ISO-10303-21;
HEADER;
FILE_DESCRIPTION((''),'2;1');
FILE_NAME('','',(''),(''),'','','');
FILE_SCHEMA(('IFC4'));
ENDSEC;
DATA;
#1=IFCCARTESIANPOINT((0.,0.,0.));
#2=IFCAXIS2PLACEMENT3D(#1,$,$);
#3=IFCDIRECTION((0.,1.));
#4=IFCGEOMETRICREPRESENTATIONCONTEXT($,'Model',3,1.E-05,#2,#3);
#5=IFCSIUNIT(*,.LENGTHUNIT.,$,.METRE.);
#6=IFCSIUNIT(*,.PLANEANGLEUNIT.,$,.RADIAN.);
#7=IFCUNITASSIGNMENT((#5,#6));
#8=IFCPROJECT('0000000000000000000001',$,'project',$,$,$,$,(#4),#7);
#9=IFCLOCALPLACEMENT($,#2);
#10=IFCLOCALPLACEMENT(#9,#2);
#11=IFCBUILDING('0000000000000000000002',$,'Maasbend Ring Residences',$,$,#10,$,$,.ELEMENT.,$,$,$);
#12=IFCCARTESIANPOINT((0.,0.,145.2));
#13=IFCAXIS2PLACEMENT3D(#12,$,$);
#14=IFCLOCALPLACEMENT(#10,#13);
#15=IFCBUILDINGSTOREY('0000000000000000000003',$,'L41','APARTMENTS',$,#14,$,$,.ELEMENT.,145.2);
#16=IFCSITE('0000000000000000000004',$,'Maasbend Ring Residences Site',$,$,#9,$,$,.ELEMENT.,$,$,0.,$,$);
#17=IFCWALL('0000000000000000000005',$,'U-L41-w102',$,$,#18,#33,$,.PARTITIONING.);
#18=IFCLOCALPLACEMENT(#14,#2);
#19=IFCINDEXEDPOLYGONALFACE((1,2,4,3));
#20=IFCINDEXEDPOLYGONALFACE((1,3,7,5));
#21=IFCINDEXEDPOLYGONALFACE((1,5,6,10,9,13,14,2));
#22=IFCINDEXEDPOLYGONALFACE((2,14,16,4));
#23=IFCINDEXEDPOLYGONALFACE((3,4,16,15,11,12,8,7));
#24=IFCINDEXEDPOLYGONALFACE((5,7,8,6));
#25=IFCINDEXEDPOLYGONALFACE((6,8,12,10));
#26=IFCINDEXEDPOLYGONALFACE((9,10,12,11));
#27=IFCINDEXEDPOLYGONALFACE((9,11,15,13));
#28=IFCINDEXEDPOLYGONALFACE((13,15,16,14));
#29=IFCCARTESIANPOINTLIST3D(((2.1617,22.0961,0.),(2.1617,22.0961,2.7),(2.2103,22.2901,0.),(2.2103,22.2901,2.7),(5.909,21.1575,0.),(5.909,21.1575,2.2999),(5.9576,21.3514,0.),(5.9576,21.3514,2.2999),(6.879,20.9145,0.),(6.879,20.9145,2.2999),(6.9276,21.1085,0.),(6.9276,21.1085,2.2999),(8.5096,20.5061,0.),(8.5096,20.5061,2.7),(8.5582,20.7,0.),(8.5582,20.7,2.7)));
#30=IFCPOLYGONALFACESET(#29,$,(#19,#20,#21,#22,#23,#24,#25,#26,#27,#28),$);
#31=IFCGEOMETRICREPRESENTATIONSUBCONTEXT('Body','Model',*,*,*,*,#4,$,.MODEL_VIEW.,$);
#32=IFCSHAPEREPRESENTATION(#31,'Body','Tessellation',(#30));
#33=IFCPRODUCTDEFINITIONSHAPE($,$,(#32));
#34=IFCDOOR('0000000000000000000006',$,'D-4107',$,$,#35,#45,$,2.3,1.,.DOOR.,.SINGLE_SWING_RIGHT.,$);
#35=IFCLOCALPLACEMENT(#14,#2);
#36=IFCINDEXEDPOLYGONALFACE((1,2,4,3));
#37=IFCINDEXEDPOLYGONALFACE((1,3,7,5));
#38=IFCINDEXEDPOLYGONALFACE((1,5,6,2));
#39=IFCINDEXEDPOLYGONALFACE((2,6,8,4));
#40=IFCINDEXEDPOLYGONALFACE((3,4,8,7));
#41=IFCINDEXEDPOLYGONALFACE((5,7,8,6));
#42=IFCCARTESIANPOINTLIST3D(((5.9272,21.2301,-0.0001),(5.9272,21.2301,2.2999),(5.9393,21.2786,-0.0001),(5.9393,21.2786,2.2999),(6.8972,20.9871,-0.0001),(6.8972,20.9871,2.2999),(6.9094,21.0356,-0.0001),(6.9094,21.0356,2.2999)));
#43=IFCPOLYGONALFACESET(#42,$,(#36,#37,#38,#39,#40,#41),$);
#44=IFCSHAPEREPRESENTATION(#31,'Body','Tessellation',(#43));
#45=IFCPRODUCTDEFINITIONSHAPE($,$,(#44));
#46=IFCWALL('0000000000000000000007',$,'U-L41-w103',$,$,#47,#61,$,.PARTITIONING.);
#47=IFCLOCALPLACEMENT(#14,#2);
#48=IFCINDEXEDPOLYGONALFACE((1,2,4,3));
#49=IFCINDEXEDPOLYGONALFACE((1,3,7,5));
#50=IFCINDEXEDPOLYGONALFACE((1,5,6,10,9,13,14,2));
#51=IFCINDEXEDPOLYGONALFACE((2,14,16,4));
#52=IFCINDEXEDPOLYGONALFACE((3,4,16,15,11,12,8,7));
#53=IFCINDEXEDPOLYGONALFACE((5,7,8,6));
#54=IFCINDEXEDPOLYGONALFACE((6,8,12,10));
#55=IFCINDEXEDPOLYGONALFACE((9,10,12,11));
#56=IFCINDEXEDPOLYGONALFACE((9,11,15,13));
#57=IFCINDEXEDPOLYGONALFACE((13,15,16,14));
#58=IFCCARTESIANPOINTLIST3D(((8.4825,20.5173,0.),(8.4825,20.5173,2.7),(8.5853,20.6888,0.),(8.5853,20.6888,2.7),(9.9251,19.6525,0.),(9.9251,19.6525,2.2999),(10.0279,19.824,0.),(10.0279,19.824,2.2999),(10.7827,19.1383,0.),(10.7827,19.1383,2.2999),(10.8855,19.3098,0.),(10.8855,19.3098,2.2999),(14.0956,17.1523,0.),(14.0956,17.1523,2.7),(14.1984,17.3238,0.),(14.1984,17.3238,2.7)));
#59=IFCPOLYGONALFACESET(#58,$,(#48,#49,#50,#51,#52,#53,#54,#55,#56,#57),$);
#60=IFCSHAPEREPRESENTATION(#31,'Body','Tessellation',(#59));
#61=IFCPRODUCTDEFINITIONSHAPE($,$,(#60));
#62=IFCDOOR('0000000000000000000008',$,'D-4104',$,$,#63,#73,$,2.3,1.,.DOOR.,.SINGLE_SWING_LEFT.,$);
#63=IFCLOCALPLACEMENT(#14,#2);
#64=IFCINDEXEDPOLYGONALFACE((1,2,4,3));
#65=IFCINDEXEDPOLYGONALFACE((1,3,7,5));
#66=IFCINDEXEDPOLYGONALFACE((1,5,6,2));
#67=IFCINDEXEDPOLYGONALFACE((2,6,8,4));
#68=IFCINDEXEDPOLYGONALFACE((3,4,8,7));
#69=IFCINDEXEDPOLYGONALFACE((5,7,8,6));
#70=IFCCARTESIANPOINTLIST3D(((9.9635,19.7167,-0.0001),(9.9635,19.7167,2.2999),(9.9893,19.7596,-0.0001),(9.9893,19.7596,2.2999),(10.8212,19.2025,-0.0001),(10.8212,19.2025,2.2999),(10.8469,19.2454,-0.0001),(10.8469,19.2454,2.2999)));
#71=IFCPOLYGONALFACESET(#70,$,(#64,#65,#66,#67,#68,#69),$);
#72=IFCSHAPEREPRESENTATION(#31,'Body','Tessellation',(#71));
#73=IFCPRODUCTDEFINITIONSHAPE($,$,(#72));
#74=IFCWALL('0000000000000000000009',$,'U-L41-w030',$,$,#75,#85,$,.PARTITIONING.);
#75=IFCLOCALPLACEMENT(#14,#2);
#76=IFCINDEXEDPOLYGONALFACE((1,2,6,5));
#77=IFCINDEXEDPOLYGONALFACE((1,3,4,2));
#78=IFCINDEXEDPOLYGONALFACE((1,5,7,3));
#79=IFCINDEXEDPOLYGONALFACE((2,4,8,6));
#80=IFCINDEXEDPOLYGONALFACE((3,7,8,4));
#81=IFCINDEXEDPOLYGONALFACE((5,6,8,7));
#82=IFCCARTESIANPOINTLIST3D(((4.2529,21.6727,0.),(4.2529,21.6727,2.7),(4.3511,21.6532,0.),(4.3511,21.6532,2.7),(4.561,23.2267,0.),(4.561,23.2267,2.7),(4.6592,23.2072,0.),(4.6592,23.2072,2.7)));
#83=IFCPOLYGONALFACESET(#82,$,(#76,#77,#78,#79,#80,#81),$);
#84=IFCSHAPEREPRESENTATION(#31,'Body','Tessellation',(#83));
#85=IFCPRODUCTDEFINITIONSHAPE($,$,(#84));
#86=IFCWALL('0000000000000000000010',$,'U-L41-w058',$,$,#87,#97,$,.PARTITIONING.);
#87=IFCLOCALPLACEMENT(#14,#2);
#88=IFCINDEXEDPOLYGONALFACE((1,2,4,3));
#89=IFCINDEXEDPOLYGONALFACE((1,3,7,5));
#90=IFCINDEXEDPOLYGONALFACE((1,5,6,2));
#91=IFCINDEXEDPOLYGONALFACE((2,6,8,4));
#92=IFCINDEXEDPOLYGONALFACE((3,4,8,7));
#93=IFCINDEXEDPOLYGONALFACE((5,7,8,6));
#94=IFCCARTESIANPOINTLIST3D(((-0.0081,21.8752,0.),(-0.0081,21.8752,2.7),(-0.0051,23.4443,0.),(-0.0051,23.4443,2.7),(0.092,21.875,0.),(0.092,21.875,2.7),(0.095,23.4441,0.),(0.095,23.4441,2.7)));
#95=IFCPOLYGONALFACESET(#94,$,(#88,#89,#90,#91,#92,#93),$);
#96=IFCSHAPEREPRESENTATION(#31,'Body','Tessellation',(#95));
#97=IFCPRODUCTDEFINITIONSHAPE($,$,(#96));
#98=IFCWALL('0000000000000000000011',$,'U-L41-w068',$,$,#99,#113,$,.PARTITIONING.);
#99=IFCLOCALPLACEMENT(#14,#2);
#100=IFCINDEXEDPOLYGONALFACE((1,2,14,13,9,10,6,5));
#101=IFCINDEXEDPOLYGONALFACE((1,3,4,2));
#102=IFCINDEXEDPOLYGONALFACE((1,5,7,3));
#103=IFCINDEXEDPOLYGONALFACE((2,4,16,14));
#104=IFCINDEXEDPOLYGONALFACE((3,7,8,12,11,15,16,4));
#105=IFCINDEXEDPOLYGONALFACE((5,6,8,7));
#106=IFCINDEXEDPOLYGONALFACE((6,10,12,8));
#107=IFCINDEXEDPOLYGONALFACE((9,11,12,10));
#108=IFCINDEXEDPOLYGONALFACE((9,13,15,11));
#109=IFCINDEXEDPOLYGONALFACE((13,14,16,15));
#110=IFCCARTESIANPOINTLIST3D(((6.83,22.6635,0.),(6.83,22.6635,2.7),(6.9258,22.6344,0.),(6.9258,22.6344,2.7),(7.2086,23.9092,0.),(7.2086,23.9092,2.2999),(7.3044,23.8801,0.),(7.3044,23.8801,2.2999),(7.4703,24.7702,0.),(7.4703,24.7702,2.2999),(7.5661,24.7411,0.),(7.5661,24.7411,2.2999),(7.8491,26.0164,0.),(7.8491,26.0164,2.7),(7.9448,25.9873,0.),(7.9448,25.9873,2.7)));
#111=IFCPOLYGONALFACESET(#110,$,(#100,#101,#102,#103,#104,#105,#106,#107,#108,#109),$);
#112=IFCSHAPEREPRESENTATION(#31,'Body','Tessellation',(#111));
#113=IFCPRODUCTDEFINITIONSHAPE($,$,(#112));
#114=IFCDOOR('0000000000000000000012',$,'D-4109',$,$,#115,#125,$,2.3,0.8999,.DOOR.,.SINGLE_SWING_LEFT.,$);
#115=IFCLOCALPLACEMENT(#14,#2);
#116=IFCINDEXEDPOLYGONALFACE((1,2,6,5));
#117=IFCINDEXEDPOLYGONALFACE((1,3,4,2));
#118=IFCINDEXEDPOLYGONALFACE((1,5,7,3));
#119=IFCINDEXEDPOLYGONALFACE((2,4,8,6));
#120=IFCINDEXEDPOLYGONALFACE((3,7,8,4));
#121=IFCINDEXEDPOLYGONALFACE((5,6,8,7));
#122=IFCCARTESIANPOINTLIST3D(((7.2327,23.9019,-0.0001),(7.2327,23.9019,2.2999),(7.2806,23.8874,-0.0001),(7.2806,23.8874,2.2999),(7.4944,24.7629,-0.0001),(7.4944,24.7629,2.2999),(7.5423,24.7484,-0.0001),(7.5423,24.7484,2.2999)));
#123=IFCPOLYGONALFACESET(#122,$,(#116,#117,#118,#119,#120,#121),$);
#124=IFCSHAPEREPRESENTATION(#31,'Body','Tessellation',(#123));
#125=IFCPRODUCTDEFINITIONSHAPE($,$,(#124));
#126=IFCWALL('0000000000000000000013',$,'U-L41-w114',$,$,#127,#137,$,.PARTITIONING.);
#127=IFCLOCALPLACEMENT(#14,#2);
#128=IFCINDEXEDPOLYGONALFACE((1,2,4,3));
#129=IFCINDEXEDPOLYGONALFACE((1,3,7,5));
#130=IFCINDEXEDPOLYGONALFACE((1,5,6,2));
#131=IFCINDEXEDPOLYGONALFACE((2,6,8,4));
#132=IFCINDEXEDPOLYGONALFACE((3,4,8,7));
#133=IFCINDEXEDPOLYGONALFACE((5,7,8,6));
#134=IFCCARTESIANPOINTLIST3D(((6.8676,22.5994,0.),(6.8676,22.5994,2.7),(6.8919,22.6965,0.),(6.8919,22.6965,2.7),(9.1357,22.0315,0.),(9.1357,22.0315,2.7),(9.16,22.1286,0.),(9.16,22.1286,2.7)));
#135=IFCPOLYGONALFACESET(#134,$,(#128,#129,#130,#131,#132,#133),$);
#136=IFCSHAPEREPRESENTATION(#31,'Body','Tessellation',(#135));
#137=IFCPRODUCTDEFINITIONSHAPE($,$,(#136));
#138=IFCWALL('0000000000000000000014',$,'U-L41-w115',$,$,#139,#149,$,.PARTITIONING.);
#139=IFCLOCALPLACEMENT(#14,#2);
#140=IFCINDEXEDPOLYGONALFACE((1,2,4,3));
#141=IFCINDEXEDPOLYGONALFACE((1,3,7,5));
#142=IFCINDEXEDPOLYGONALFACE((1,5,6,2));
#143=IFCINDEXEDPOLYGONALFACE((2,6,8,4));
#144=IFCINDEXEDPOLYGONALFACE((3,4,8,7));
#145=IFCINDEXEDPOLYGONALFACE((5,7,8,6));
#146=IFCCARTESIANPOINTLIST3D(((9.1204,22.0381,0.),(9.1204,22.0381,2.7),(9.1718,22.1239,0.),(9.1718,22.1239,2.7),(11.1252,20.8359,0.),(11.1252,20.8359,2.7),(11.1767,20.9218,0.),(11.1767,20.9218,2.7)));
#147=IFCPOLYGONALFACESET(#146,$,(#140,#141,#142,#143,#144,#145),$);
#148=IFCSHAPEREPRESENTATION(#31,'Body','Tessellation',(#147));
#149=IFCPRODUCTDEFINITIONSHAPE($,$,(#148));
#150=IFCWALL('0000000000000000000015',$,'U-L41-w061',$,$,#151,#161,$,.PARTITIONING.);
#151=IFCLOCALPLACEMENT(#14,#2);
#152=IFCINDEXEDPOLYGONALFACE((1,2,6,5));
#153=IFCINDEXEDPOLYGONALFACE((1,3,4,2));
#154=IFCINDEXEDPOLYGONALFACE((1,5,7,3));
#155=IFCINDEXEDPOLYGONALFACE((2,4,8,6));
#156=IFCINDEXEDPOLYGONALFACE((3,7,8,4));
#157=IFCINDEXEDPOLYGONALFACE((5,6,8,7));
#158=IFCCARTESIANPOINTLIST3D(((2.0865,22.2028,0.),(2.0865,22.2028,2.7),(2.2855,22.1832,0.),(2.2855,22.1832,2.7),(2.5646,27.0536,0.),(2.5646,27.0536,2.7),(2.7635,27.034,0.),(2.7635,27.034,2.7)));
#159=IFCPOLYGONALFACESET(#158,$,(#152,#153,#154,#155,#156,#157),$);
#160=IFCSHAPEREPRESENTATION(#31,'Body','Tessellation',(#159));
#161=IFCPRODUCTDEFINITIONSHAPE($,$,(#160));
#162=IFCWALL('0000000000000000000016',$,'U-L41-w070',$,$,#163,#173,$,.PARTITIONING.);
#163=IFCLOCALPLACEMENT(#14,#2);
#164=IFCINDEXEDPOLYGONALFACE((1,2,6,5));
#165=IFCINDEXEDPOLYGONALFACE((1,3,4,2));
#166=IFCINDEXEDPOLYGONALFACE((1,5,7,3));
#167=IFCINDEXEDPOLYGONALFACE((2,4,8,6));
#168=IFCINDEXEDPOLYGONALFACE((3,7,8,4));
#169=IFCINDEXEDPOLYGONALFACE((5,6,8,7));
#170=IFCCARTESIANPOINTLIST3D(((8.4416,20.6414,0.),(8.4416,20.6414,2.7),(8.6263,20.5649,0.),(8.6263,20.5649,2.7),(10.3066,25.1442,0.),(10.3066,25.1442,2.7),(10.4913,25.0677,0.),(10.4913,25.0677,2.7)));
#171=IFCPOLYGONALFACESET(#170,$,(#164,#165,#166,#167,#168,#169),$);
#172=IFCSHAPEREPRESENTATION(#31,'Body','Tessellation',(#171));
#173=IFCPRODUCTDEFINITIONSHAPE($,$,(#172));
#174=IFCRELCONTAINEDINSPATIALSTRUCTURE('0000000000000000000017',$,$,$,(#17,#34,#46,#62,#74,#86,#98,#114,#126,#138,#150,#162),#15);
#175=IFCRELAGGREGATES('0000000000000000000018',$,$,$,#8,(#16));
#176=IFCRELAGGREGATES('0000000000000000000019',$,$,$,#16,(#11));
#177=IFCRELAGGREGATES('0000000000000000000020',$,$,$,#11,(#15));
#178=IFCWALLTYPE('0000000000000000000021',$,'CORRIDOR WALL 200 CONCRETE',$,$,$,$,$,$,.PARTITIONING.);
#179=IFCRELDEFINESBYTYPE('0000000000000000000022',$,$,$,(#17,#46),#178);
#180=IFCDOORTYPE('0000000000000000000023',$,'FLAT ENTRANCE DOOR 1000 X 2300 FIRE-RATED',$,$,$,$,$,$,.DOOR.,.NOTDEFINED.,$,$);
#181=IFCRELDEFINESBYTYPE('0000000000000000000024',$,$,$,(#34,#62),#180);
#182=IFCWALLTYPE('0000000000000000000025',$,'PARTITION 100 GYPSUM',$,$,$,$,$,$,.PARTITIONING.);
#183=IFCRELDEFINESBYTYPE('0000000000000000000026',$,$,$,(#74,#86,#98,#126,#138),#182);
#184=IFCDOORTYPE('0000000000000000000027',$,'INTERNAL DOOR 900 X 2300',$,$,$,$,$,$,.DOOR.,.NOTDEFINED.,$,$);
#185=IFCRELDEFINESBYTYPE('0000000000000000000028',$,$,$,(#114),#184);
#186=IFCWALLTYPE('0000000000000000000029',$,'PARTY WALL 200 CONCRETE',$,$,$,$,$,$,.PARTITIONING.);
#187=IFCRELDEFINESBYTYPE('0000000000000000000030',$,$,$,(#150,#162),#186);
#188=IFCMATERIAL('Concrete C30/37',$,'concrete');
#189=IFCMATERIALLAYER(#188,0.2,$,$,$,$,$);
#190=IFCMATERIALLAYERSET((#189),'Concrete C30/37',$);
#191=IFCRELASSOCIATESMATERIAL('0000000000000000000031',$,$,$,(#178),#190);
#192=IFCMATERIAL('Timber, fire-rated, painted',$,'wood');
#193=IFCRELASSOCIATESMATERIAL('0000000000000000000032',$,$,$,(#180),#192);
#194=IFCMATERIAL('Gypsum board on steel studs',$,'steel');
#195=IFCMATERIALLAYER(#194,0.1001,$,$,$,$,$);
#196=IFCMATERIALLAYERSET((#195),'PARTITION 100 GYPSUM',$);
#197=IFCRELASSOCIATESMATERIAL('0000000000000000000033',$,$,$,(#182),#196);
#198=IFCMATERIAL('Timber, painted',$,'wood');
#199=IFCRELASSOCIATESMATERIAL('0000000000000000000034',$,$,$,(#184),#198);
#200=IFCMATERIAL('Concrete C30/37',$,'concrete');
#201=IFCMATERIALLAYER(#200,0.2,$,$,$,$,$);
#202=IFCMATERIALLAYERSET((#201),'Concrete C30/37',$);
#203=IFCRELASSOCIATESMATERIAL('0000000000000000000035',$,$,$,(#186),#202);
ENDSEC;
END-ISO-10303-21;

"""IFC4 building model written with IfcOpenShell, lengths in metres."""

from ifc_helpers import new_model, si_unit, direction, frame, frame_2d, origin, place, context, subcontext, project, spatial, rectangle, extrude, material, layer, layer_set, type_object, element, fill, save


model = new_model("IFC4")

# Units and contexts
model_context = context("Model", 3, precision=1e-05, world=origin(), true_north=direction((0.0, 1.0)))
body_context = subcontext(model_context, "Body", "Model", "MODEL_VIEW")
ifc_project = project(units=[si_unit("LENGTHUNIT", "METRE"), si_unit("PLANEANGLEUNIT", "RADIAN")], contexts=[model_context])

# Site, building, storey
site_placement = place(None, origin())
site = spatial("IfcSite", under=ifc_project, at=site_placement, Name="Maasbend Ring Residences Site", CompositionType="ELEMENT", RefElevation=0.0)
building_placement = place(site_placement, origin())
building = spatial("IfcBuilding", under=site, at=building_placement, Name="Maasbend Ring Residences", CompositionType="ELEMENT")
storey_placement = place(building_placement, frame((0.0, 0.0, 145.2)))
storey = spatial("IfcBuildingStorey", under=building, at=storey_placement, Name="L41", Description="APARTMENTS", CompositionType="ELEMENT", Elevation=145.2)

# Walls, openings, doors
ifc_material_1 = material(Name="Concrete C30/37", Category="concrete")
ifc_layer_1 = layer(ifc_material_1, 0.2)
ifc_layer_set_1 = layer_set([ifc_layer_1], Name="Concrete C30/37")
wall_type_1 = type_object("IfcWallType", Name="CORRIDOR WALL 200 CONCRETE", PredefinedType="PARTITIONING", material=ifc_layer_set_1)
ifc_material_2 = material(Name="Timber, fire-rated, painted", Category="wood")
door_type_1 = type_object("IfcDoorType", Name="FLAT ENTRANCE DOOR 1000 X 2300 FIRE-RATED", OperationType="NOTDEFINED", PredefinedType="DOOR", material=ifc_material_2)
wall_1_placement = place(storey_placement, frame((2.186, 22.1931, 0.0), z_axis=(0.0, 0.0, 1.0), x_axis=(0.97003, -0.242983, 0.0)))
wall_1 = element("IfcWall", 1, at=wall_1_placement, inside=storey, type_object=wall_type_1, Name="U-L41-w102", PredefinedType="PARTITIONING", context=body_context, shape_type="SweptSolid", body=[
    extrude(rectangle(XDim=6.5439, YDim=0.2, at=frame_2d((3.272, 0.0))), origin(), (0.0, 0.0, 1.0), 2.7),
])
opening_1_placement = place(wall_1_placement, frame((3.863, 0.0, 0.0)))
opening_1 = element("IfcOpeningElement", 2, at=opening_1_placement, cuts=wall_1, PredefinedType="OPENING", context=body_context, shape_type="SweptSolid", body=[
    extrude(rectangle(XDim=1.0, YDim=2.3, at=frame_2d((0.5, 1.1499))), frame((0.0, 0.1099, 0.0), z_axis=(0.0, -1.0, 0.0), x_axis=(1.0, 0.0, 0.0)), (0.0, 0.0, 1.0), 0.22),
])
door_1_placement = place(opening_1_placement, origin())
door_1 = element("IfcDoor", 3, at=door_1_placement, inside=storey, type_object=door_type_1, Name="D-4107", OperationType="SINGLE_SWING_RIGHT", OverallHeight=2.3, OverallWidth=1.0, PredefinedType="DOOR", context=body_context, shape_type="SweptSolid", body=[
    extrude(rectangle(XDim=1.0, YDim=2.3, at=frame_2d((0.5, 1.1499))), frame((0.0, 0.0249, 0.0), z_axis=(0.0, -1.0, 0.0), x_axis=(1.0, 0.0, 0.0)), (0.0, 0.0, 1.0), 0.05),
])
fill(opening_1, door_1)
wall_2_placement = place(storey_placement, frame((8.5339, 20.603, 0.0), z_axis=(0.0, 0.0, 1.0), x_axis=(0.857684, -0.514178, 0.0)))
wall_2 = element("IfcWall", 4, at=wall_2_placement, inside=storey, type_object=wall_type_1, Name="U-L41-w103", PredefinedType="PARTITIONING", context=body_context, shape_type="SweptSolid", body=[
    extrude(rectangle(XDim=6.5444, YDim=0.2, at=frame_2d((3.2722, 0.0))), origin(), (0.0, 0.0, 1.0), 2.7),
])
opening_2_placement = place(wall_2_placement, frame((1.6819, 0.0, 0.0)))
opening_2 = element("IfcOpeningElement", 5, at=opening_2_placement, cuts=wall_2, PredefinedType="OPENING", context=body_context, shape_type="SweptSolid", body=[
    extrude(rectangle(XDim=1.0, YDim=2.3, at=frame_2d((0.5, 1.1499))), frame((0.0, 0.1099, 0.0), z_axis=(0.0, -1.0, 0.0), x_axis=(1.0, 0.0, 0.0)), (0.0, 0.0, 1.0), 0.22),
])
door_2_placement = place(opening_2_placement, origin())
door_2 = element("IfcDoor", 6, at=door_2_placement, inside=storey, type_object=door_type_1, Name="D-4104", OperationType="SINGLE_SWING_LEFT", OverallHeight=2.3, OverallWidth=1.0, PredefinedType="DOOR", context=body_context, shape_type="SweptSolid", body=[
    extrude(rectangle(XDim=1.0, YDim=2.3, at=frame_2d((0.5, 1.1499))), frame((0.0, 0.0249, 0.0), z_axis=(0.0, -1.0, 0.0), x_axis=(1.0, 0.0, 0.0)), (0.0, 0.0, 1.0), 0.05),
])
fill(opening_2, door_2)

# Walls
ifc_material_3 = material(Name="Gypsum board on steel studs", Category="steel")
ifc_layer_2 = layer(ifc_material_3, 0.1001)
ifc_layer_set_2 = layer_set([ifc_layer_2], Name="PARTITION 100 GYPSUM")
wall_type_2 = type_object("IfcWallType", Name="PARTITION 100 GYPSUM", PredefinedType="PARTITIONING", material=ifc_layer_set_2)
wall_3_placement = place(storey_placement, frame((4.302, 21.6631, 0.0), z_axis=(0.0, 0.0, 1.0), x_axis=(0.194486, 0.980905, 0.0)))
element("IfcWall", 7, at=wall_3_placement, inside=storey, type_object=wall_type_2, Name="U-L41-w030", PredefinedType="PARTITIONING", context=body_context, shape_type="SweptSolid", body=[
    extrude(rectangle(XDim=1.5842, YDim=0.1001, at=frame_2d((0.792, 0.0))), origin(), (0.0, 0.0, 1.0), 2.7),
])
wall_4_placement = place(storey_placement, frame((0.042, 21.875, 0.0), z_axis=(0.0, 0.0, 1.0), x_axis=(0.001867, 0.999998, 0.0)))
element("IfcWall", 8, at=wall_4_placement, inside=storey, type_object=wall_type_2, Name="U-L41-w058", PredefinedType="PARTITIONING", context=body_context, shape_type="SweptSolid", body=[
    extrude(rectangle(XDim=1.5691, YDim=0.1001, at=frame_2d((0.7847, 0.0))), origin(), (0.0, 0.0, 1.0), 2.7),
])

# Wall, opening, door
wall_5_placement = place(storey_placement, frame((6.8779, 22.6489, 0.0), z_axis=(0.0, 0.0, 1.0), x_axis=(0.290785, 0.956789, 0.0)))
wall_5 = element("IfcWall", 9, at=wall_5_placement, inside=storey, type_object=wall_type_2, Name="U-L41-w068", PredefinedType="PARTITIONING", context=body_context, shape_type="SweptSolid", body=[
    extrude(rectangle(XDim=3.5044, YDim=0.1001, at=frame_2d((1.7522, 0.0))), origin(), (0.0, 0.0, 1.0), 2.7),
])
opening_3_placement = place(wall_5_placement, frame((1.302, 0.0, 0.0)))
opening_3 = element("IfcOpeningElement", 10, at=opening_3_placement, cuts=wall_5, PredefinedType="OPENING", context=body_context, shape_type="SweptSolid", body=[
    extrude(rectangle(XDim=0.8999, YDim=2.3, at=frame_2d((0.45, 1.1499))), frame((0.0, 0.0601, 0.0), z_axis=(0.0, -1.0, 0.0), x_axis=(1.0, 0.0, 0.0)), (0.0, 0.0, 1.0), 0.1201),
])
ifc_material_4 = material(Name="Timber, painted", Category="wood")
door_type_2 = type_object("IfcDoorType", Name="INTERNAL DOOR 900 X 2300", OperationType="NOTDEFINED", PredefinedType="DOOR", material=ifc_material_4)
door_3_placement = place(opening_3_placement, origin())
door_3 = element("IfcDoor", 11, at=door_3_placement, inside=storey, type_object=door_type_2, Name="D-4109", OperationType="SINGLE_SWING_LEFT", OverallHeight=2.3, OverallWidth=0.8999, PredefinedType="DOOR", context=body_context, shape_type="SweptSolid", body=[
    extrude(rectangle(XDim=0.8999, YDim=2.3, at=frame_2d((0.45, 1.1499))), frame((0.0, 0.0249, 0.0), z_axis=(0.0, -1.0, 0.0), x_axis=(1.0, 0.0, 0.0)), (0.0, 0.0, 1.0), 0.05),
])
fill(opening_3, door_3)

# Walls
wall_6_placement = place(storey_placement, frame((6.8799, 22.6479, 0.0), z_axis=(0.0, 0.0, 1.0), x_axis=(0.970056, -0.24288, 0.0)))
element("IfcWall", 12, at=wall_6_placement, inside=storey, type_object=wall_type_2, Name="U-L41-w114", PredefinedType="PARTITIONING", context=body_context, shape_type="SweptSolid", body=[
    extrude(rectangle(XDim=2.3381, YDim=0.1001, at=frame_2d((1.1689, 0.0))), origin(), (0.0, 0.0, 1.0), 2.7),
])
wall_7_placement = place(storey_placement, frame((9.146, 22.0811, 0.0), z_axis=(0.0, 0.0, 1.0), x_axis=(0.85764, -0.51425, 0.0)))
element("IfcWall", 13, at=wall_7_placement, inside=storey, type_object=wall_type_2, Name="U-L41-w115", PredefinedType="PARTITIONING", context=body_context, shape_type="SweptSolid", body=[
    extrude(rectangle(XDim=2.3376, YDim=0.1001, at=frame_2d((1.1689, 0.0))), origin(), (0.0, 0.0, 1.0), 2.7),
])
ifc_material_5 = material(Name="Concrete C30/37", Category="concrete")
ifc_layer_3 = layer(ifc_material_5, 0.2)
ifc_layer_set_3 = layer_set([ifc_layer_3], Name="Concrete C30/37")
wall_type_3 = type_object("IfcWallType", Name="PARTY WALL 200 CONCRETE", PredefinedType="PARTITIONING", material=ifc_layer_set_3)
wall_8_placement = place(storey_placement, frame((2.186, 22.1931, 0.0), z_axis=(0.0, 0.0, 1.0), x_axis=(0.09807, 0.995179, 0.0)))
element("IfcWall", 14, at=wall_8_placement, inside=storey, type_object=wall_type_3, Name="U-L41-w061", PredefinedType="PARTITIONING", context=body_context, shape_type="SweptSolid", body=[
    extrude(rectangle(XDim=4.8743, YDim=0.2, at=frame_2d((2.437, 0.0))), origin(), (0.0, 0.0, 1.0), 2.7),
])
wall_9_placement = place(storey_placement, frame((8.5339, 20.603, 0.0), z_axis=(0.0, 0.0, 1.0), x_axis=(0.382651, 0.923893, 0.0)))
element("IfcWall", 15, at=wall_9_placement, inside=storey, type_object=wall_type_3, Name="U-L41-w070", PredefinedType="PARTITIONING", context=body_context, shape_type="SweptSolid", body=[
    extrude(rectangle(XDim=4.8738, YDim=0.2, at=frame_2d((2.437, 0.0))), origin(), (0.0, 0.0, 1.0), 2.7),
])

save(model, "model.ifc")
